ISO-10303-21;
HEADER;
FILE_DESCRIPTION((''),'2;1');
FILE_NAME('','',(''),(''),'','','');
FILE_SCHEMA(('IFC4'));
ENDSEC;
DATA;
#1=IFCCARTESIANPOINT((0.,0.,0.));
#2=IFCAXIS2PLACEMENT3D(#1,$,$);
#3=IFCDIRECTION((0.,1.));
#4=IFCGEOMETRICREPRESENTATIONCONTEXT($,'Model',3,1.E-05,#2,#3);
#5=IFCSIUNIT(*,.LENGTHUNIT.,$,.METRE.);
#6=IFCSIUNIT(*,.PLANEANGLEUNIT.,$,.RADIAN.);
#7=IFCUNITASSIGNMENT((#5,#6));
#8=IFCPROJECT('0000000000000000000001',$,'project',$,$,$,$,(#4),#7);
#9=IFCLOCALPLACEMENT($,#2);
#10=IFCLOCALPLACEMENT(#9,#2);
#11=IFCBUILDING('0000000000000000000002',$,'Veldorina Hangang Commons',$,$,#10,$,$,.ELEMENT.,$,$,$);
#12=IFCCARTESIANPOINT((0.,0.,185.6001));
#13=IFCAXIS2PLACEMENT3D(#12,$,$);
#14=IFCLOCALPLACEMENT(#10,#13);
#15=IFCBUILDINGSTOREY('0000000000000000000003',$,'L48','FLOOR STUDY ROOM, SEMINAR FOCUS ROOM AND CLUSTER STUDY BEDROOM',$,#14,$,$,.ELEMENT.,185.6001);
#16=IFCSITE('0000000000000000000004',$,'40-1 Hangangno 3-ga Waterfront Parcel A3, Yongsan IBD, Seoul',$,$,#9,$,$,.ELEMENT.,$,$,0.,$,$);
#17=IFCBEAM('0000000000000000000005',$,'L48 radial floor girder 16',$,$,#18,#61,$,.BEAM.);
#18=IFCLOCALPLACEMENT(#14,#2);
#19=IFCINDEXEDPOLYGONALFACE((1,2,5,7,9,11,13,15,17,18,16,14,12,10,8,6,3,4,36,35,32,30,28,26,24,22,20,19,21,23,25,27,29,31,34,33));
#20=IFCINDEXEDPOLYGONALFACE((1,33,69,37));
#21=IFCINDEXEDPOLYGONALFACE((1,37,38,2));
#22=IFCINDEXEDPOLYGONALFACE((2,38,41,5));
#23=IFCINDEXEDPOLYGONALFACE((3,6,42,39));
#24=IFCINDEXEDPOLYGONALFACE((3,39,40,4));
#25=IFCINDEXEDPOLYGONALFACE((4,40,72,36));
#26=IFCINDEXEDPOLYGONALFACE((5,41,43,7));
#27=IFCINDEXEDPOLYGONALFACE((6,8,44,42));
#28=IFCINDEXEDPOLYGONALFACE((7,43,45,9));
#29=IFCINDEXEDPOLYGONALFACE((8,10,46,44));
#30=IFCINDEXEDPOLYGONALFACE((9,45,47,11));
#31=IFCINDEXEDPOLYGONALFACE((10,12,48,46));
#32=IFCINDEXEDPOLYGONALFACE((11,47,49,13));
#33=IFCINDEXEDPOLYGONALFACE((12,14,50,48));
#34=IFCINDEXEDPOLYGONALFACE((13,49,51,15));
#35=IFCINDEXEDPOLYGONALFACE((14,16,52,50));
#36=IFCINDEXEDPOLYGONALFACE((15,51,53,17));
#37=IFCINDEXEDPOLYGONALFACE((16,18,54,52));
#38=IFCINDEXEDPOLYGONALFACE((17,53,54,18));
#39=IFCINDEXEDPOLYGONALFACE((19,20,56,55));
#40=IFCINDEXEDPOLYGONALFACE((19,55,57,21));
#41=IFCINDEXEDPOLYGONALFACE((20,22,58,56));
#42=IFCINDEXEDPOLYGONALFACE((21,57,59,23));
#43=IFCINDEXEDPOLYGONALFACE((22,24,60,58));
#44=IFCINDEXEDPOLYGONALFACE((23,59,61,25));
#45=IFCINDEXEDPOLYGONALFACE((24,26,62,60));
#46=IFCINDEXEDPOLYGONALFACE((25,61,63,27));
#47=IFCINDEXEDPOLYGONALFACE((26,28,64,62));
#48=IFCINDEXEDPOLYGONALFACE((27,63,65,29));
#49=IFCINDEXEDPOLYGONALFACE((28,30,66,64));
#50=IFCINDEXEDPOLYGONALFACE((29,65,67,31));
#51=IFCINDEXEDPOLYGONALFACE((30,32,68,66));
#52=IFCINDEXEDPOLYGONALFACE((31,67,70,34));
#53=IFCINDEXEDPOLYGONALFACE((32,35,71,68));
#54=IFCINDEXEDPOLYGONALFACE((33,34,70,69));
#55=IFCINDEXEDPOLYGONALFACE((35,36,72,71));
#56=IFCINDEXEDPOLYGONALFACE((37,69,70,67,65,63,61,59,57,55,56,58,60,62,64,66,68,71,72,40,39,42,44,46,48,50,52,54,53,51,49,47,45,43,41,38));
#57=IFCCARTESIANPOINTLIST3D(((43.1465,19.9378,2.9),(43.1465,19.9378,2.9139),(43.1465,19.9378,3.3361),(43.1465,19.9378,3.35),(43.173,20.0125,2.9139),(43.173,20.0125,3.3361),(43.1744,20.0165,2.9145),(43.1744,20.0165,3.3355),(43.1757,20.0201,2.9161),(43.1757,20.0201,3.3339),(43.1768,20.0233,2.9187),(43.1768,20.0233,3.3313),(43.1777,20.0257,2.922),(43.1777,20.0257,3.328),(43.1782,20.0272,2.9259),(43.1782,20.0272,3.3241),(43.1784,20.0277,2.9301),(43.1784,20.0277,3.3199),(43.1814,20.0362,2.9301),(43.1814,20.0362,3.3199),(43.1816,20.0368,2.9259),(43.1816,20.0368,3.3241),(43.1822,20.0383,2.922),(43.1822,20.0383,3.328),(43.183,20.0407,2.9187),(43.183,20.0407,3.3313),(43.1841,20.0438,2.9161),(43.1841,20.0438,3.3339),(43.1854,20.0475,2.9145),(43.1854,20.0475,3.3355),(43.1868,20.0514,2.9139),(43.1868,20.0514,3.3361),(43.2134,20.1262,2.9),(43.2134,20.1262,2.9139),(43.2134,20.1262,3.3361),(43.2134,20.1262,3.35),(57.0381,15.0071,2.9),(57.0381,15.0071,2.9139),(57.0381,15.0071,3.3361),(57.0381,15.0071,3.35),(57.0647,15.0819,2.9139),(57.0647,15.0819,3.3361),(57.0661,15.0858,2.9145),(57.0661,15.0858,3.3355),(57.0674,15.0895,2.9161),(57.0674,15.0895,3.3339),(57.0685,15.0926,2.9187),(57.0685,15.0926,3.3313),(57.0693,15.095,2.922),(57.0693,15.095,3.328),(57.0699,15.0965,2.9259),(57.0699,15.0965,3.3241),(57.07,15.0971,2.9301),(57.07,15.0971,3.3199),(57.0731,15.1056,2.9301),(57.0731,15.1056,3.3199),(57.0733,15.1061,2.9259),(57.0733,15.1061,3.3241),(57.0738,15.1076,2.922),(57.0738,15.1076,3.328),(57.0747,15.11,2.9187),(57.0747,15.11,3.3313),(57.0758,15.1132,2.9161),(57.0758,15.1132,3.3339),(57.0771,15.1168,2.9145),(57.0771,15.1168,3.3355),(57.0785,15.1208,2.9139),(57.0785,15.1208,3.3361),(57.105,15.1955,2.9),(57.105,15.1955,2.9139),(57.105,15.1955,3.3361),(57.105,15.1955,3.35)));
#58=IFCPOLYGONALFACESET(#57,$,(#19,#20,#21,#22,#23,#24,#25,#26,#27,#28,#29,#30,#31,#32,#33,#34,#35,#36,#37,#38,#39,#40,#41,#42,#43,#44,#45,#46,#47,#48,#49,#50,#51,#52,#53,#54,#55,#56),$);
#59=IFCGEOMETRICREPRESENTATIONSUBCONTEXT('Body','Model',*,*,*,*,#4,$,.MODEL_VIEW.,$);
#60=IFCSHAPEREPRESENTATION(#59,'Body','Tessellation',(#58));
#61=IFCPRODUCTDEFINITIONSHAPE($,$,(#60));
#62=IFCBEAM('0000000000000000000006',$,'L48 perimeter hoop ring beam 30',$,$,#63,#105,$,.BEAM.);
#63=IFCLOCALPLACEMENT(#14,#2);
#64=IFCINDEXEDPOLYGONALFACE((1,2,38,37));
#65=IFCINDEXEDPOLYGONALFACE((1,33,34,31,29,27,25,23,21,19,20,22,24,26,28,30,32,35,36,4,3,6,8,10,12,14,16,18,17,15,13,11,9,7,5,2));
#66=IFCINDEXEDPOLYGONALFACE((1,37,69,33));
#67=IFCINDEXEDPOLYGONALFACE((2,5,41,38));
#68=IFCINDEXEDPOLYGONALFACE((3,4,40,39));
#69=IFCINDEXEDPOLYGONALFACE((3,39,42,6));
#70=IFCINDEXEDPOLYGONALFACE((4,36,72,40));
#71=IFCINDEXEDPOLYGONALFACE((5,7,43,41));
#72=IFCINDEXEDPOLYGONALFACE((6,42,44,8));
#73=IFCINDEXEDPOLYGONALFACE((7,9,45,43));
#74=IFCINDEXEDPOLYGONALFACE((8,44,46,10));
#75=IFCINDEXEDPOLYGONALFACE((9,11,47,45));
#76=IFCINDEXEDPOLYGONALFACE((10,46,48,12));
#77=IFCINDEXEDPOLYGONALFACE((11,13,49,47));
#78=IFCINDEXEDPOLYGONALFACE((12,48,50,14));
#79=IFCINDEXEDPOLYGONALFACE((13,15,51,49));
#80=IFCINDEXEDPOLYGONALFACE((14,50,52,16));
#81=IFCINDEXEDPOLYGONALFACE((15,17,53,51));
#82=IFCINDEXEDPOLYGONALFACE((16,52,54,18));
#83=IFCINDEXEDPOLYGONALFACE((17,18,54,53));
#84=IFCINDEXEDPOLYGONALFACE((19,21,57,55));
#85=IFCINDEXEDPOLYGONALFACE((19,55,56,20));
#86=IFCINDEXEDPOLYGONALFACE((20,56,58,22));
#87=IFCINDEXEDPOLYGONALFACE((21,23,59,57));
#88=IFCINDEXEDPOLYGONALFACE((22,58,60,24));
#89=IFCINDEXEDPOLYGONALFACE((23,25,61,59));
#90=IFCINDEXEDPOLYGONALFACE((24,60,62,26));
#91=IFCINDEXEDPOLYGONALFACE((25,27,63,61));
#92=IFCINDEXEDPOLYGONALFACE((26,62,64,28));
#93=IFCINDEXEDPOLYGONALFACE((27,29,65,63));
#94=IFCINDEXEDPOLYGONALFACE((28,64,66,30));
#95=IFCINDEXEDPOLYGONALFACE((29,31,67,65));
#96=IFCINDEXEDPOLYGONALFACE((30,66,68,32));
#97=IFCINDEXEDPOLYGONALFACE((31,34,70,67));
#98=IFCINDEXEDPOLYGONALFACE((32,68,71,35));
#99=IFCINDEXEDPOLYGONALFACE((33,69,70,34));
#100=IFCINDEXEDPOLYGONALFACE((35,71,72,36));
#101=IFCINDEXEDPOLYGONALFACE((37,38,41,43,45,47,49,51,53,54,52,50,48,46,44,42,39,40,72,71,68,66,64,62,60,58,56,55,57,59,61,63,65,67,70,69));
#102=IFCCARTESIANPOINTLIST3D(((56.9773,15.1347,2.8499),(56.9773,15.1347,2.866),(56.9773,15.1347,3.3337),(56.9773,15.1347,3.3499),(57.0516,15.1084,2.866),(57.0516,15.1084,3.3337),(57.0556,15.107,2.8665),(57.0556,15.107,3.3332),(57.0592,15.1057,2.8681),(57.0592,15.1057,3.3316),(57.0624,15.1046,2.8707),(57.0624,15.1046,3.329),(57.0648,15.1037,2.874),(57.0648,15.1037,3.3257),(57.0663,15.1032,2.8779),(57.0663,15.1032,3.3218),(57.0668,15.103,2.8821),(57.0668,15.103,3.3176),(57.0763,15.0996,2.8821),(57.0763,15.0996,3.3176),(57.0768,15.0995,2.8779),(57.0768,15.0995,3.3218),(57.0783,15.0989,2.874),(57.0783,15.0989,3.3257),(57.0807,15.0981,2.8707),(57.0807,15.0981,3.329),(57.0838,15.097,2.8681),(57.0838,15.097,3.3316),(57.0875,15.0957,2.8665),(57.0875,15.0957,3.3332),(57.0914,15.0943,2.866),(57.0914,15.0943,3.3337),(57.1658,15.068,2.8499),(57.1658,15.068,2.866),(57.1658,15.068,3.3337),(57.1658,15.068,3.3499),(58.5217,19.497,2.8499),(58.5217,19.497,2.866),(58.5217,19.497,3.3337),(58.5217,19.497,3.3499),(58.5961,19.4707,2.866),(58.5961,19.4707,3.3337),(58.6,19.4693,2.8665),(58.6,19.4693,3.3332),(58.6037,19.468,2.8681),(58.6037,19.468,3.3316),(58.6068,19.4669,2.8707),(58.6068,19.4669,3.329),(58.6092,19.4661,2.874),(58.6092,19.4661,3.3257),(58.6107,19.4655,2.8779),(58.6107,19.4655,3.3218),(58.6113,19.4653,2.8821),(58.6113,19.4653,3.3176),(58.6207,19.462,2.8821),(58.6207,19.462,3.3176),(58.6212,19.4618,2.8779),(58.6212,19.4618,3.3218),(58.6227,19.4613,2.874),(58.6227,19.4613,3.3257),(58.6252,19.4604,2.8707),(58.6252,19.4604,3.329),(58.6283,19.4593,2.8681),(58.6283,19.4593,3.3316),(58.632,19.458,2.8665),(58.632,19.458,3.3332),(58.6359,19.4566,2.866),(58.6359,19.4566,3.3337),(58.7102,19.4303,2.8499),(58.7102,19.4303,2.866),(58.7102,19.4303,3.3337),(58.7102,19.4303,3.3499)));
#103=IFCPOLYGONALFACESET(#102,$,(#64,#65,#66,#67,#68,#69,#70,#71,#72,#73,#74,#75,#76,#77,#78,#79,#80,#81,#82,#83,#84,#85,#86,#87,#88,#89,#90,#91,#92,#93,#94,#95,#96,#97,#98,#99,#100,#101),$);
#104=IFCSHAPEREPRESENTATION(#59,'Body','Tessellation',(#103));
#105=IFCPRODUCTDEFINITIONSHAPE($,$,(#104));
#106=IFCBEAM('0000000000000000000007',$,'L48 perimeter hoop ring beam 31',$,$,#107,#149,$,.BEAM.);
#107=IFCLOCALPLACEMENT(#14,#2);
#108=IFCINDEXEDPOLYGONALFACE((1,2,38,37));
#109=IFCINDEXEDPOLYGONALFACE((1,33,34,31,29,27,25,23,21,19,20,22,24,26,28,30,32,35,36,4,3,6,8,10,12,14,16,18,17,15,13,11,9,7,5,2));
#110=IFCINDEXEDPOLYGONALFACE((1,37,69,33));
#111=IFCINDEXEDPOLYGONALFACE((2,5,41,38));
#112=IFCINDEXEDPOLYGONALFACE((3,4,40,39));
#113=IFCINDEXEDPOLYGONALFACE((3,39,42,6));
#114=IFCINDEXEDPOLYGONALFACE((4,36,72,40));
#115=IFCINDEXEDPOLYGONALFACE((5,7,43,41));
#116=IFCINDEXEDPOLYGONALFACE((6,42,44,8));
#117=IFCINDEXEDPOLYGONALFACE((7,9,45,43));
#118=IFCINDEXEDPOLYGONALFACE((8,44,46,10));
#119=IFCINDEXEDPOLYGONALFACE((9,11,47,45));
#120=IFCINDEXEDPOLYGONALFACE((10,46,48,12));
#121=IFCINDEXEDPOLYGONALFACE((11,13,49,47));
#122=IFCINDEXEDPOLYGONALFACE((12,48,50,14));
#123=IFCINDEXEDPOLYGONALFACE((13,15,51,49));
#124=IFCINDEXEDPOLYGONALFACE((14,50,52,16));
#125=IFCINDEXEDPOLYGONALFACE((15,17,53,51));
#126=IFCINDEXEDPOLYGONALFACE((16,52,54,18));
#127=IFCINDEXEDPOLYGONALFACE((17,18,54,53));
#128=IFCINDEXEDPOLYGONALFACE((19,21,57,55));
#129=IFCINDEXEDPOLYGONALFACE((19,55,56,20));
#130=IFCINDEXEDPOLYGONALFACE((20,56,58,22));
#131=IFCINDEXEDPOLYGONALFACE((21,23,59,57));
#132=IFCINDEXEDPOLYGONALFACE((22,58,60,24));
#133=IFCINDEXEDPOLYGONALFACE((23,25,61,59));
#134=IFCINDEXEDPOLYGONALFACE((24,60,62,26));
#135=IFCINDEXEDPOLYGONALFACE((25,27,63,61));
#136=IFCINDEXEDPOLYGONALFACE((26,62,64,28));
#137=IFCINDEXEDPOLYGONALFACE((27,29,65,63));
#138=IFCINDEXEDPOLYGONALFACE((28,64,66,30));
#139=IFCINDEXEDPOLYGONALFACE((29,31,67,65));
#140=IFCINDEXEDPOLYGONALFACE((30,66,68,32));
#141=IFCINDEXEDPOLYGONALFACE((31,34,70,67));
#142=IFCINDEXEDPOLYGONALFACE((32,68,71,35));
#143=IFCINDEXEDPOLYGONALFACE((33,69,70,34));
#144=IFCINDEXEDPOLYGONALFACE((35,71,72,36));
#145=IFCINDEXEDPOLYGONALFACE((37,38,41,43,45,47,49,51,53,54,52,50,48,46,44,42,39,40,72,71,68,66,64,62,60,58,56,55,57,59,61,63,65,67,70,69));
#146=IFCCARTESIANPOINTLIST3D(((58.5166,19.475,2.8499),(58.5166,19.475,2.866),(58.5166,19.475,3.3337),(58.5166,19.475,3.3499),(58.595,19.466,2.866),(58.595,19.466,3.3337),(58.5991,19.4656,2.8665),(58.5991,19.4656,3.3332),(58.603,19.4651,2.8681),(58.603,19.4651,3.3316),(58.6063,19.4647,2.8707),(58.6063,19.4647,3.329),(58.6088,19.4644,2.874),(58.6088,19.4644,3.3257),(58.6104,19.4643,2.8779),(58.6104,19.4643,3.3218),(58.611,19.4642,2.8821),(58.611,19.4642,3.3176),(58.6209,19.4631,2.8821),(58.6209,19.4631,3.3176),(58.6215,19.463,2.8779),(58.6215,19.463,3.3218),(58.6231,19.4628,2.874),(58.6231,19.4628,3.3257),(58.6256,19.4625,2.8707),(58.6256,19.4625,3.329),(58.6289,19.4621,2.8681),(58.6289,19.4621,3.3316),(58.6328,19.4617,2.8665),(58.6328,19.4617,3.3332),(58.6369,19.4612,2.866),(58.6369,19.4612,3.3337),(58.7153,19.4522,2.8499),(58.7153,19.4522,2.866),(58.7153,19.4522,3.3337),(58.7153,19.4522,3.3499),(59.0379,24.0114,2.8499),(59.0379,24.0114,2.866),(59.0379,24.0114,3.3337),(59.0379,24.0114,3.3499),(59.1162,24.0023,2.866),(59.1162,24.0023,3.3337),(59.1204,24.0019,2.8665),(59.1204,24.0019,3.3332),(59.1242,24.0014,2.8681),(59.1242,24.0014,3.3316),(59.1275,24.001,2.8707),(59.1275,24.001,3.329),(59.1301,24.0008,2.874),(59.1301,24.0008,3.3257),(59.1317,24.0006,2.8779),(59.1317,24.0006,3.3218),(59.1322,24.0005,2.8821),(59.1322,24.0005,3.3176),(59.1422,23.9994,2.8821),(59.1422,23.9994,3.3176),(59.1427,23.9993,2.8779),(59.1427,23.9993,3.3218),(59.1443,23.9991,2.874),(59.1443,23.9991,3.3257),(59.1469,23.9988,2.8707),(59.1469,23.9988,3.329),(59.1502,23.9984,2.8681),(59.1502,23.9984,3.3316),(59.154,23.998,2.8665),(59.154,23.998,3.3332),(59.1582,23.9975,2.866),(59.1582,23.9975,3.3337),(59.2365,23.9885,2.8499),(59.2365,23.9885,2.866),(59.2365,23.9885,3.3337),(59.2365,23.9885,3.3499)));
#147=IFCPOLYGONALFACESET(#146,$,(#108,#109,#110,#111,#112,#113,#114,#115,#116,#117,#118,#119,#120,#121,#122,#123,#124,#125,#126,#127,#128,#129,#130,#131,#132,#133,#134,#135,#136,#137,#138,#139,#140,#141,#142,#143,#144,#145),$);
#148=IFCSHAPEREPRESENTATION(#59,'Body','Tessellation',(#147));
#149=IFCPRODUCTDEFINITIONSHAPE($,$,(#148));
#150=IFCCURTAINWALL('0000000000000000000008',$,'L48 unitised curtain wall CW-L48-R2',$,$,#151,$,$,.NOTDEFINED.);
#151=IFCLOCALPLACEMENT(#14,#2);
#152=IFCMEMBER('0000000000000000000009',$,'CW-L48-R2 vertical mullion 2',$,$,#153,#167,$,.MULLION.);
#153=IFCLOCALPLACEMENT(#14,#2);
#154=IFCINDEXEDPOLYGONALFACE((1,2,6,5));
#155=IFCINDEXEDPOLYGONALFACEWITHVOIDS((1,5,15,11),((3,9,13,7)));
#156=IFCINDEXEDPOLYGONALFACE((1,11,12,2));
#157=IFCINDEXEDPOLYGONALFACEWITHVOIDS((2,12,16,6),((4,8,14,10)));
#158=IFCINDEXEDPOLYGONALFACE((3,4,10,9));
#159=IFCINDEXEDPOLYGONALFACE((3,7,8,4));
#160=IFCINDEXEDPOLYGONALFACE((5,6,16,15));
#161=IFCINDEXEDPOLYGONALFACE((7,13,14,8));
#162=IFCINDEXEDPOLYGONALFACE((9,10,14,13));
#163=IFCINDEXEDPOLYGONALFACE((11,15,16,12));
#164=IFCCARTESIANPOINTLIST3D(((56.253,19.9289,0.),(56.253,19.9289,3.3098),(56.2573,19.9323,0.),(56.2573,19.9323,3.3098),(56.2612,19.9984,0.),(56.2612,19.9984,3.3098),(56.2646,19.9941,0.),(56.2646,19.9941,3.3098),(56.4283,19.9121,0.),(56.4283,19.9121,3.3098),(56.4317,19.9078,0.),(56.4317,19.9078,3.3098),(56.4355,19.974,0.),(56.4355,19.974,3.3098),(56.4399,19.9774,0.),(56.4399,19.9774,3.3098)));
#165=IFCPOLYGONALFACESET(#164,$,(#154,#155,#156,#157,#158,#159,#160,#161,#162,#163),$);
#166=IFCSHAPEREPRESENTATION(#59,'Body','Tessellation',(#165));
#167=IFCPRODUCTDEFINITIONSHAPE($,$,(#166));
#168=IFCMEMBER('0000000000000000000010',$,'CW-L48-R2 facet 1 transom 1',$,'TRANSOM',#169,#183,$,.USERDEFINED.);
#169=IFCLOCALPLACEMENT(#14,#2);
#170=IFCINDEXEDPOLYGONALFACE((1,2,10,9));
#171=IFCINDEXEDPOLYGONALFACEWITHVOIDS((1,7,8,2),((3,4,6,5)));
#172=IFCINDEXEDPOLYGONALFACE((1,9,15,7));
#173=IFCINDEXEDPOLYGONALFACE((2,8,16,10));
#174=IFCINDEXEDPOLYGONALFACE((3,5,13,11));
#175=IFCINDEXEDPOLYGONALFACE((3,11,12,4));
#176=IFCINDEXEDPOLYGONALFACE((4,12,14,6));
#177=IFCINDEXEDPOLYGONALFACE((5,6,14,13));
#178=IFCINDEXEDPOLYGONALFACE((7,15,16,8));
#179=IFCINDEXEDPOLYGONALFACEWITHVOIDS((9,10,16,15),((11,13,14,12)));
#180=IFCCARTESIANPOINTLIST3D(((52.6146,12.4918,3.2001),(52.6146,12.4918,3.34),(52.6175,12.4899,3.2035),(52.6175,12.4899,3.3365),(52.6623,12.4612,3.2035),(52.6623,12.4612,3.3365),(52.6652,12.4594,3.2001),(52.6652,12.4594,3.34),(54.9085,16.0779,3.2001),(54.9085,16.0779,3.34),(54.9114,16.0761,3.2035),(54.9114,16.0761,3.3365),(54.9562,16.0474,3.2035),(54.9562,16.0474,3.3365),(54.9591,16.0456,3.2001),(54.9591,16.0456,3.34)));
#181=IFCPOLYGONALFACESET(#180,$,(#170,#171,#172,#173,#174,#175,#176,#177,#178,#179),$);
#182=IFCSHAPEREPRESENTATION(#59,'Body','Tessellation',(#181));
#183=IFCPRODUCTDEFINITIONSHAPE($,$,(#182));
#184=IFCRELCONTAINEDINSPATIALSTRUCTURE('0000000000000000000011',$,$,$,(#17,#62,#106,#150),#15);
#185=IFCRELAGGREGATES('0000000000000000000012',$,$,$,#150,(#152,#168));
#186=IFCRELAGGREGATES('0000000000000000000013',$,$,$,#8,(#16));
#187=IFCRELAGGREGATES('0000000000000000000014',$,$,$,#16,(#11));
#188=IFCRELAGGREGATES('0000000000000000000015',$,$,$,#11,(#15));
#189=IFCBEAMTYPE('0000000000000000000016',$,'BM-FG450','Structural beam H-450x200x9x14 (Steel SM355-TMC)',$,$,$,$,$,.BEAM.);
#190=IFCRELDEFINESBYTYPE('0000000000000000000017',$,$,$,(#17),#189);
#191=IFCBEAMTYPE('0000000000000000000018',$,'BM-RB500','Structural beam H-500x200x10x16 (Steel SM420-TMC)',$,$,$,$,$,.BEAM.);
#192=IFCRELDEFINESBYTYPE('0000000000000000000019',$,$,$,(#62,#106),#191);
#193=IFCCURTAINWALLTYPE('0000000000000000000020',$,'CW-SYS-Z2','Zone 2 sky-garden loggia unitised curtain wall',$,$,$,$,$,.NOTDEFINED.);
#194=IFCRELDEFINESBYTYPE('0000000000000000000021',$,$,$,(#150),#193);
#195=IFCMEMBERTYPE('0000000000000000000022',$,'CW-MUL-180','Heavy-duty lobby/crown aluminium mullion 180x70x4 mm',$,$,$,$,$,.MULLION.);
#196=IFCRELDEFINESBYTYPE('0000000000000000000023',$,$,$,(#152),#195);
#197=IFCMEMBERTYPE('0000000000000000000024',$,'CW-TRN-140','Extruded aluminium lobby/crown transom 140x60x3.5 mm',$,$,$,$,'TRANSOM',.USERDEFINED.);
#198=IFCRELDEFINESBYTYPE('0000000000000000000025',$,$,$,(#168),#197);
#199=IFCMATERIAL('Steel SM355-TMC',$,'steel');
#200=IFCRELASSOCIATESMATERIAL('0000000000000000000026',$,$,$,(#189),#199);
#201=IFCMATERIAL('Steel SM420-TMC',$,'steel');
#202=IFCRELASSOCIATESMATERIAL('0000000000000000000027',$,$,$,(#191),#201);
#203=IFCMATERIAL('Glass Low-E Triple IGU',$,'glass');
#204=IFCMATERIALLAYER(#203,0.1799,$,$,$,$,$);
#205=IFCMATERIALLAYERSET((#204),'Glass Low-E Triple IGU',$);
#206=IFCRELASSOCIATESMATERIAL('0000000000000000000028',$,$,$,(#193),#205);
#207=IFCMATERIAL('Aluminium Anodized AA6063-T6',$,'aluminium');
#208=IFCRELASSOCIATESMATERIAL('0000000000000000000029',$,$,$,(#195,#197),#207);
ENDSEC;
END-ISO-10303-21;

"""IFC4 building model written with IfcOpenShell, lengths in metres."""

from ifc_helpers import new_model, si_unit, direction, frame, origin, origin_2d, place, context, subcontext, project, spatial, hollow_rectangle, i_section, extrude, material, layer, layer_set, material_profile, profile_set, type_object, element, aggregate, save


model = new_model("IFC4")

# Units and contexts
model_context = context("Model", 3, precision=1e-05, world=origin(), true_north=direction((0.0, 1.0)))
body_context = subcontext(model_context, "Body", "Model", "MODEL_VIEW")
ifc_project = project(units=[si_unit("LENGTHUNIT", "METRE"), si_unit("PLANEANGLEUNIT", "RADIAN")], contexts=[model_context])

# Site, building, storey
site_placement = place(None, origin())
site = spatial("IfcSite", under=ifc_project, at=site_placement, Name="40-1 Hangangno 3-ga Waterfront Parcel A3, Yongsan IBD, Seoul", CompositionType="ELEMENT", RefElevation=0.0)
building_placement = place(site_placement, origin())
building = spatial("IfcBuilding", under=site, at=building_placement, Name="Veldorina Hangang Commons", CompositionType="ELEMENT")
storey_placement = place(building_placement, frame((0.0, 0.0, 185.6001)))
storey = spatial("IfcBuildingStorey", under=building, at=storey_placement, Name="L48", Description="FLOOR STUDY ROOM, SEMINAR FOCUS ROOM AND CLUSTER STUDY BEDROOM", CompositionType="ELEMENT", Elevation=185.6001)

# Beams
ifc_material_1 = material(Name="Steel SM355-TMC", Category="steel")
ifc_material_profile_1 = material_profile(ifc_material_1, i_section(OverallWidth=0.2, OverallDepth=0.45, WebThickness=0.009, FlangeThickness=0.0139, FilletRadius=0.0161, at=origin_2d()), Name="H-450x200x9x14")
ifc_profile_set_1 = profile_set([ifc_material_profile_1], Name="Steel SM355-TMC")
beam_type_1 = type_object("IfcBeamType", Name="BM-FG450", Description="Structural beam H-450x200x9x14 (Steel SM355-TMC)", PredefinedType="BEAM", material=ifc_profile_set_1)
beam_1_placement = place(storey_placement, frame((43.1799, 20.032, 3.125), z_axis=(0.942398, -0.334493, 0.0), x_axis=(0.334493, 0.942398, 0.0)))
element("IfcBeam", 1, at=beam_1_placement, inside=storey, type_object=beam_type_1, Name="L48 radial floor girder 16", PredefinedType="BEAM", context=body_context, shape_type="SweptSolid", body=[
    extrude(i_section(OverallWidth=0.2, OverallDepth=0.45, WebThickness=0.009, FlangeThickness=0.0139, FilletRadius=0.0161, at=origin_2d()), origin(), (0.0, 0.0, 1.0), 14.7407),
])
ifc_material_2 = material(Name="Steel SM420-TMC", Category="steel")
ifc_material_profile_2 = material_profile(ifc_material_2, i_section(OverallWidth=0.2, OverallDepth=0.5, WebThickness=0.01, FlangeThickness=0.0161, FilletRadius=0.0161, at=origin_2d()), Name="H-500x200x10x16")
ifc_profile_set_2 = profile_set([ifc_material_profile_2], Name="Steel SM420-TMC")
beam_type_2 = type_object("IfcBeamType", Name="BM-RB500", Description="Structural beam H-500x200x10x16 (Steel SM420-TMC)", PredefinedType="BEAM", material=ifc_profile_set_2)
beam_2_placement = place(storey_placement, frame((57.0715, 15.1013, 3.0999), z_axis=(0.333742, 0.942665, 0.0), x_axis=(-0.942665, 0.333742, 0.0)))
element("IfcBeam", 2, at=beam_2_placement, inside=storey, type_object=beam_type_2, Name="L48 perimeter hoop ring beam 30", PredefinedType="BEAM", context=body_context, shape_type="SweptSolid", body=[
    extrude(i_section(OverallWidth=0.2, OverallDepth=0.5, WebThickness=0.01, FlangeThickness=0.0161, FilletRadius=0.0161, at=origin_2d()), origin(), (0.0, 0.0, 1.0), 4.6277),
])
beam_3_placement = place(storey_placement, frame((58.616, 19.4636, 3.0999), z_axis=(0.114151, 0.993463, 0.0), x_axis=(-0.993463, 0.114151, 0.0)))
element("IfcBeam", 3, at=beam_3_placement, inside=storey, type_object=beam_type_2, Name="L48 perimeter hoop ring beam 31", PredefinedType="BEAM", context=body_context, shape_type="SweptSolid", body=[
    extrude(i_section(OverallWidth=0.2, OverallDepth=0.5, WebThickness=0.01, FlangeThickness=0.0161, FilletRadius=0.0161, at=origin_2d()), origin(), (0.0, 0.0, 1.0), 4.5662),
])

# Curtain wall, members
ifc_material_3 = material(Name="Glass Low-E Triple IGU", Category="glass")
ifc_layer_1 = layer(ifc_material_3, 0.1799)
ifc_layer_set_1 = layer_set([ifc_layer_1], Name="Glass Low-E Triple IGU")
curtain_wall_type = type_object("IfcCurtainWallType", Name="CW-SYS-Z2", Description="Zone 2 sky-garden loggia unitised curtain wall", PredefinedType="NOTDEFINED", material=ifc_layer_set_1)
curtain_wall_placement = place(storey_placement, origin())
curtain_wall = element("IfcCurtainWall", 4, at=curtain_wall_placement, inside=storey, type_object=curtain_wall_type, Name="L48 unitised curtain wall CW-L48-R2", PredefinedType="NOTDEFINED")
ifc_material_4 = material(Name="Aluminium Anodized AA6063-T6", Category="aluminium")
ifc_material_profile_3 = material_profile(ifc_material_4, hollow_rectangle(XDim=0.0701, YDim=0.1799, WallThickness=0.0039, at=origin_2d()), Name="ALU-RHS-180x70x4")
ifc_profile_set_3 = profile_set([ifc_material_profile_3], Name="Aluminium Anodized AA6063-T6")
member_type_1 = type_object("IfcMemberType", Name="CW-MUL-180", Description="Heavy-duty lobby/crown aluminium mullion 180x70x4 mm", PredefinedType="MULLION", material=ifc_profile_set_3)
member_1_placement = place(storey_placement, frame((56.3464, 19.9531, 0.0), z_axis=(0.0, 0.0, 1.0), x_axis=(0.117052, 0.993126, 0.0)))
member_1 = element("IfcMember", 5, at=member_1_placement, type_object=member_type_1, Name="CW-L48-R2 vertical mullion 2", PredefinedType="MULLION", context=body_context, shape_type="SweptSolid", body=[
    extrude(hollow_rectangle(XDim=0.0701, YDim=0.1799, WallThickness=0.0039, at=origin_2d()), origin(), (0.0, 0.0, 1.0), 3.3098),
])
ifc_material_profile_4 = material_profile(ifc_material_4, hollow_rectangle(XDim=0.0601, YDim=0.1399, WallThickness=0.0034, at=origin_2d()), Name="ALU-RHS-140x60x3.5")
ifc_profile_set_4 = profile_set([ifc_material_profile_4], Name="Aluminium Anodized AA6063-T6")
member_type_2 = type_object("IfcMemberType", Name="CW-TRN-140", Description="Extruded aluminium lobby/crown transom 140x60x3.5 mm", ElementType="TRANSOM", PredefinedType="USERDEFINED", material=ifc_profile_set_4)
member_2_placement = place(storey_placement, frame((52.6399, 12.4756, 3.27), z_axis=(0.538852, 0.842401, 0.0), x_axis=(-0.842401, 0.538852, 0.0)))
member_2 = element("IfcMember", 6, at=member_2_placement, type_object=member_type_2, Name="CW-L48-R2 facet 1 transom 1", ObjectType="TRANSOM", PredefinedType="USERDEFINED", context=body_context, shape_type="SweptSolid", body=[
    extrude(hollow_rectangle(XDim=0.0601, YDim=0.1399, WallThickness=0.0034, at=origin_2d()), origin(), (0.0, 0.0, 1.0), 4.2571),
])

aggregate(curtain_wall, [member_1, member_2])

save(model, "model.ifc")
